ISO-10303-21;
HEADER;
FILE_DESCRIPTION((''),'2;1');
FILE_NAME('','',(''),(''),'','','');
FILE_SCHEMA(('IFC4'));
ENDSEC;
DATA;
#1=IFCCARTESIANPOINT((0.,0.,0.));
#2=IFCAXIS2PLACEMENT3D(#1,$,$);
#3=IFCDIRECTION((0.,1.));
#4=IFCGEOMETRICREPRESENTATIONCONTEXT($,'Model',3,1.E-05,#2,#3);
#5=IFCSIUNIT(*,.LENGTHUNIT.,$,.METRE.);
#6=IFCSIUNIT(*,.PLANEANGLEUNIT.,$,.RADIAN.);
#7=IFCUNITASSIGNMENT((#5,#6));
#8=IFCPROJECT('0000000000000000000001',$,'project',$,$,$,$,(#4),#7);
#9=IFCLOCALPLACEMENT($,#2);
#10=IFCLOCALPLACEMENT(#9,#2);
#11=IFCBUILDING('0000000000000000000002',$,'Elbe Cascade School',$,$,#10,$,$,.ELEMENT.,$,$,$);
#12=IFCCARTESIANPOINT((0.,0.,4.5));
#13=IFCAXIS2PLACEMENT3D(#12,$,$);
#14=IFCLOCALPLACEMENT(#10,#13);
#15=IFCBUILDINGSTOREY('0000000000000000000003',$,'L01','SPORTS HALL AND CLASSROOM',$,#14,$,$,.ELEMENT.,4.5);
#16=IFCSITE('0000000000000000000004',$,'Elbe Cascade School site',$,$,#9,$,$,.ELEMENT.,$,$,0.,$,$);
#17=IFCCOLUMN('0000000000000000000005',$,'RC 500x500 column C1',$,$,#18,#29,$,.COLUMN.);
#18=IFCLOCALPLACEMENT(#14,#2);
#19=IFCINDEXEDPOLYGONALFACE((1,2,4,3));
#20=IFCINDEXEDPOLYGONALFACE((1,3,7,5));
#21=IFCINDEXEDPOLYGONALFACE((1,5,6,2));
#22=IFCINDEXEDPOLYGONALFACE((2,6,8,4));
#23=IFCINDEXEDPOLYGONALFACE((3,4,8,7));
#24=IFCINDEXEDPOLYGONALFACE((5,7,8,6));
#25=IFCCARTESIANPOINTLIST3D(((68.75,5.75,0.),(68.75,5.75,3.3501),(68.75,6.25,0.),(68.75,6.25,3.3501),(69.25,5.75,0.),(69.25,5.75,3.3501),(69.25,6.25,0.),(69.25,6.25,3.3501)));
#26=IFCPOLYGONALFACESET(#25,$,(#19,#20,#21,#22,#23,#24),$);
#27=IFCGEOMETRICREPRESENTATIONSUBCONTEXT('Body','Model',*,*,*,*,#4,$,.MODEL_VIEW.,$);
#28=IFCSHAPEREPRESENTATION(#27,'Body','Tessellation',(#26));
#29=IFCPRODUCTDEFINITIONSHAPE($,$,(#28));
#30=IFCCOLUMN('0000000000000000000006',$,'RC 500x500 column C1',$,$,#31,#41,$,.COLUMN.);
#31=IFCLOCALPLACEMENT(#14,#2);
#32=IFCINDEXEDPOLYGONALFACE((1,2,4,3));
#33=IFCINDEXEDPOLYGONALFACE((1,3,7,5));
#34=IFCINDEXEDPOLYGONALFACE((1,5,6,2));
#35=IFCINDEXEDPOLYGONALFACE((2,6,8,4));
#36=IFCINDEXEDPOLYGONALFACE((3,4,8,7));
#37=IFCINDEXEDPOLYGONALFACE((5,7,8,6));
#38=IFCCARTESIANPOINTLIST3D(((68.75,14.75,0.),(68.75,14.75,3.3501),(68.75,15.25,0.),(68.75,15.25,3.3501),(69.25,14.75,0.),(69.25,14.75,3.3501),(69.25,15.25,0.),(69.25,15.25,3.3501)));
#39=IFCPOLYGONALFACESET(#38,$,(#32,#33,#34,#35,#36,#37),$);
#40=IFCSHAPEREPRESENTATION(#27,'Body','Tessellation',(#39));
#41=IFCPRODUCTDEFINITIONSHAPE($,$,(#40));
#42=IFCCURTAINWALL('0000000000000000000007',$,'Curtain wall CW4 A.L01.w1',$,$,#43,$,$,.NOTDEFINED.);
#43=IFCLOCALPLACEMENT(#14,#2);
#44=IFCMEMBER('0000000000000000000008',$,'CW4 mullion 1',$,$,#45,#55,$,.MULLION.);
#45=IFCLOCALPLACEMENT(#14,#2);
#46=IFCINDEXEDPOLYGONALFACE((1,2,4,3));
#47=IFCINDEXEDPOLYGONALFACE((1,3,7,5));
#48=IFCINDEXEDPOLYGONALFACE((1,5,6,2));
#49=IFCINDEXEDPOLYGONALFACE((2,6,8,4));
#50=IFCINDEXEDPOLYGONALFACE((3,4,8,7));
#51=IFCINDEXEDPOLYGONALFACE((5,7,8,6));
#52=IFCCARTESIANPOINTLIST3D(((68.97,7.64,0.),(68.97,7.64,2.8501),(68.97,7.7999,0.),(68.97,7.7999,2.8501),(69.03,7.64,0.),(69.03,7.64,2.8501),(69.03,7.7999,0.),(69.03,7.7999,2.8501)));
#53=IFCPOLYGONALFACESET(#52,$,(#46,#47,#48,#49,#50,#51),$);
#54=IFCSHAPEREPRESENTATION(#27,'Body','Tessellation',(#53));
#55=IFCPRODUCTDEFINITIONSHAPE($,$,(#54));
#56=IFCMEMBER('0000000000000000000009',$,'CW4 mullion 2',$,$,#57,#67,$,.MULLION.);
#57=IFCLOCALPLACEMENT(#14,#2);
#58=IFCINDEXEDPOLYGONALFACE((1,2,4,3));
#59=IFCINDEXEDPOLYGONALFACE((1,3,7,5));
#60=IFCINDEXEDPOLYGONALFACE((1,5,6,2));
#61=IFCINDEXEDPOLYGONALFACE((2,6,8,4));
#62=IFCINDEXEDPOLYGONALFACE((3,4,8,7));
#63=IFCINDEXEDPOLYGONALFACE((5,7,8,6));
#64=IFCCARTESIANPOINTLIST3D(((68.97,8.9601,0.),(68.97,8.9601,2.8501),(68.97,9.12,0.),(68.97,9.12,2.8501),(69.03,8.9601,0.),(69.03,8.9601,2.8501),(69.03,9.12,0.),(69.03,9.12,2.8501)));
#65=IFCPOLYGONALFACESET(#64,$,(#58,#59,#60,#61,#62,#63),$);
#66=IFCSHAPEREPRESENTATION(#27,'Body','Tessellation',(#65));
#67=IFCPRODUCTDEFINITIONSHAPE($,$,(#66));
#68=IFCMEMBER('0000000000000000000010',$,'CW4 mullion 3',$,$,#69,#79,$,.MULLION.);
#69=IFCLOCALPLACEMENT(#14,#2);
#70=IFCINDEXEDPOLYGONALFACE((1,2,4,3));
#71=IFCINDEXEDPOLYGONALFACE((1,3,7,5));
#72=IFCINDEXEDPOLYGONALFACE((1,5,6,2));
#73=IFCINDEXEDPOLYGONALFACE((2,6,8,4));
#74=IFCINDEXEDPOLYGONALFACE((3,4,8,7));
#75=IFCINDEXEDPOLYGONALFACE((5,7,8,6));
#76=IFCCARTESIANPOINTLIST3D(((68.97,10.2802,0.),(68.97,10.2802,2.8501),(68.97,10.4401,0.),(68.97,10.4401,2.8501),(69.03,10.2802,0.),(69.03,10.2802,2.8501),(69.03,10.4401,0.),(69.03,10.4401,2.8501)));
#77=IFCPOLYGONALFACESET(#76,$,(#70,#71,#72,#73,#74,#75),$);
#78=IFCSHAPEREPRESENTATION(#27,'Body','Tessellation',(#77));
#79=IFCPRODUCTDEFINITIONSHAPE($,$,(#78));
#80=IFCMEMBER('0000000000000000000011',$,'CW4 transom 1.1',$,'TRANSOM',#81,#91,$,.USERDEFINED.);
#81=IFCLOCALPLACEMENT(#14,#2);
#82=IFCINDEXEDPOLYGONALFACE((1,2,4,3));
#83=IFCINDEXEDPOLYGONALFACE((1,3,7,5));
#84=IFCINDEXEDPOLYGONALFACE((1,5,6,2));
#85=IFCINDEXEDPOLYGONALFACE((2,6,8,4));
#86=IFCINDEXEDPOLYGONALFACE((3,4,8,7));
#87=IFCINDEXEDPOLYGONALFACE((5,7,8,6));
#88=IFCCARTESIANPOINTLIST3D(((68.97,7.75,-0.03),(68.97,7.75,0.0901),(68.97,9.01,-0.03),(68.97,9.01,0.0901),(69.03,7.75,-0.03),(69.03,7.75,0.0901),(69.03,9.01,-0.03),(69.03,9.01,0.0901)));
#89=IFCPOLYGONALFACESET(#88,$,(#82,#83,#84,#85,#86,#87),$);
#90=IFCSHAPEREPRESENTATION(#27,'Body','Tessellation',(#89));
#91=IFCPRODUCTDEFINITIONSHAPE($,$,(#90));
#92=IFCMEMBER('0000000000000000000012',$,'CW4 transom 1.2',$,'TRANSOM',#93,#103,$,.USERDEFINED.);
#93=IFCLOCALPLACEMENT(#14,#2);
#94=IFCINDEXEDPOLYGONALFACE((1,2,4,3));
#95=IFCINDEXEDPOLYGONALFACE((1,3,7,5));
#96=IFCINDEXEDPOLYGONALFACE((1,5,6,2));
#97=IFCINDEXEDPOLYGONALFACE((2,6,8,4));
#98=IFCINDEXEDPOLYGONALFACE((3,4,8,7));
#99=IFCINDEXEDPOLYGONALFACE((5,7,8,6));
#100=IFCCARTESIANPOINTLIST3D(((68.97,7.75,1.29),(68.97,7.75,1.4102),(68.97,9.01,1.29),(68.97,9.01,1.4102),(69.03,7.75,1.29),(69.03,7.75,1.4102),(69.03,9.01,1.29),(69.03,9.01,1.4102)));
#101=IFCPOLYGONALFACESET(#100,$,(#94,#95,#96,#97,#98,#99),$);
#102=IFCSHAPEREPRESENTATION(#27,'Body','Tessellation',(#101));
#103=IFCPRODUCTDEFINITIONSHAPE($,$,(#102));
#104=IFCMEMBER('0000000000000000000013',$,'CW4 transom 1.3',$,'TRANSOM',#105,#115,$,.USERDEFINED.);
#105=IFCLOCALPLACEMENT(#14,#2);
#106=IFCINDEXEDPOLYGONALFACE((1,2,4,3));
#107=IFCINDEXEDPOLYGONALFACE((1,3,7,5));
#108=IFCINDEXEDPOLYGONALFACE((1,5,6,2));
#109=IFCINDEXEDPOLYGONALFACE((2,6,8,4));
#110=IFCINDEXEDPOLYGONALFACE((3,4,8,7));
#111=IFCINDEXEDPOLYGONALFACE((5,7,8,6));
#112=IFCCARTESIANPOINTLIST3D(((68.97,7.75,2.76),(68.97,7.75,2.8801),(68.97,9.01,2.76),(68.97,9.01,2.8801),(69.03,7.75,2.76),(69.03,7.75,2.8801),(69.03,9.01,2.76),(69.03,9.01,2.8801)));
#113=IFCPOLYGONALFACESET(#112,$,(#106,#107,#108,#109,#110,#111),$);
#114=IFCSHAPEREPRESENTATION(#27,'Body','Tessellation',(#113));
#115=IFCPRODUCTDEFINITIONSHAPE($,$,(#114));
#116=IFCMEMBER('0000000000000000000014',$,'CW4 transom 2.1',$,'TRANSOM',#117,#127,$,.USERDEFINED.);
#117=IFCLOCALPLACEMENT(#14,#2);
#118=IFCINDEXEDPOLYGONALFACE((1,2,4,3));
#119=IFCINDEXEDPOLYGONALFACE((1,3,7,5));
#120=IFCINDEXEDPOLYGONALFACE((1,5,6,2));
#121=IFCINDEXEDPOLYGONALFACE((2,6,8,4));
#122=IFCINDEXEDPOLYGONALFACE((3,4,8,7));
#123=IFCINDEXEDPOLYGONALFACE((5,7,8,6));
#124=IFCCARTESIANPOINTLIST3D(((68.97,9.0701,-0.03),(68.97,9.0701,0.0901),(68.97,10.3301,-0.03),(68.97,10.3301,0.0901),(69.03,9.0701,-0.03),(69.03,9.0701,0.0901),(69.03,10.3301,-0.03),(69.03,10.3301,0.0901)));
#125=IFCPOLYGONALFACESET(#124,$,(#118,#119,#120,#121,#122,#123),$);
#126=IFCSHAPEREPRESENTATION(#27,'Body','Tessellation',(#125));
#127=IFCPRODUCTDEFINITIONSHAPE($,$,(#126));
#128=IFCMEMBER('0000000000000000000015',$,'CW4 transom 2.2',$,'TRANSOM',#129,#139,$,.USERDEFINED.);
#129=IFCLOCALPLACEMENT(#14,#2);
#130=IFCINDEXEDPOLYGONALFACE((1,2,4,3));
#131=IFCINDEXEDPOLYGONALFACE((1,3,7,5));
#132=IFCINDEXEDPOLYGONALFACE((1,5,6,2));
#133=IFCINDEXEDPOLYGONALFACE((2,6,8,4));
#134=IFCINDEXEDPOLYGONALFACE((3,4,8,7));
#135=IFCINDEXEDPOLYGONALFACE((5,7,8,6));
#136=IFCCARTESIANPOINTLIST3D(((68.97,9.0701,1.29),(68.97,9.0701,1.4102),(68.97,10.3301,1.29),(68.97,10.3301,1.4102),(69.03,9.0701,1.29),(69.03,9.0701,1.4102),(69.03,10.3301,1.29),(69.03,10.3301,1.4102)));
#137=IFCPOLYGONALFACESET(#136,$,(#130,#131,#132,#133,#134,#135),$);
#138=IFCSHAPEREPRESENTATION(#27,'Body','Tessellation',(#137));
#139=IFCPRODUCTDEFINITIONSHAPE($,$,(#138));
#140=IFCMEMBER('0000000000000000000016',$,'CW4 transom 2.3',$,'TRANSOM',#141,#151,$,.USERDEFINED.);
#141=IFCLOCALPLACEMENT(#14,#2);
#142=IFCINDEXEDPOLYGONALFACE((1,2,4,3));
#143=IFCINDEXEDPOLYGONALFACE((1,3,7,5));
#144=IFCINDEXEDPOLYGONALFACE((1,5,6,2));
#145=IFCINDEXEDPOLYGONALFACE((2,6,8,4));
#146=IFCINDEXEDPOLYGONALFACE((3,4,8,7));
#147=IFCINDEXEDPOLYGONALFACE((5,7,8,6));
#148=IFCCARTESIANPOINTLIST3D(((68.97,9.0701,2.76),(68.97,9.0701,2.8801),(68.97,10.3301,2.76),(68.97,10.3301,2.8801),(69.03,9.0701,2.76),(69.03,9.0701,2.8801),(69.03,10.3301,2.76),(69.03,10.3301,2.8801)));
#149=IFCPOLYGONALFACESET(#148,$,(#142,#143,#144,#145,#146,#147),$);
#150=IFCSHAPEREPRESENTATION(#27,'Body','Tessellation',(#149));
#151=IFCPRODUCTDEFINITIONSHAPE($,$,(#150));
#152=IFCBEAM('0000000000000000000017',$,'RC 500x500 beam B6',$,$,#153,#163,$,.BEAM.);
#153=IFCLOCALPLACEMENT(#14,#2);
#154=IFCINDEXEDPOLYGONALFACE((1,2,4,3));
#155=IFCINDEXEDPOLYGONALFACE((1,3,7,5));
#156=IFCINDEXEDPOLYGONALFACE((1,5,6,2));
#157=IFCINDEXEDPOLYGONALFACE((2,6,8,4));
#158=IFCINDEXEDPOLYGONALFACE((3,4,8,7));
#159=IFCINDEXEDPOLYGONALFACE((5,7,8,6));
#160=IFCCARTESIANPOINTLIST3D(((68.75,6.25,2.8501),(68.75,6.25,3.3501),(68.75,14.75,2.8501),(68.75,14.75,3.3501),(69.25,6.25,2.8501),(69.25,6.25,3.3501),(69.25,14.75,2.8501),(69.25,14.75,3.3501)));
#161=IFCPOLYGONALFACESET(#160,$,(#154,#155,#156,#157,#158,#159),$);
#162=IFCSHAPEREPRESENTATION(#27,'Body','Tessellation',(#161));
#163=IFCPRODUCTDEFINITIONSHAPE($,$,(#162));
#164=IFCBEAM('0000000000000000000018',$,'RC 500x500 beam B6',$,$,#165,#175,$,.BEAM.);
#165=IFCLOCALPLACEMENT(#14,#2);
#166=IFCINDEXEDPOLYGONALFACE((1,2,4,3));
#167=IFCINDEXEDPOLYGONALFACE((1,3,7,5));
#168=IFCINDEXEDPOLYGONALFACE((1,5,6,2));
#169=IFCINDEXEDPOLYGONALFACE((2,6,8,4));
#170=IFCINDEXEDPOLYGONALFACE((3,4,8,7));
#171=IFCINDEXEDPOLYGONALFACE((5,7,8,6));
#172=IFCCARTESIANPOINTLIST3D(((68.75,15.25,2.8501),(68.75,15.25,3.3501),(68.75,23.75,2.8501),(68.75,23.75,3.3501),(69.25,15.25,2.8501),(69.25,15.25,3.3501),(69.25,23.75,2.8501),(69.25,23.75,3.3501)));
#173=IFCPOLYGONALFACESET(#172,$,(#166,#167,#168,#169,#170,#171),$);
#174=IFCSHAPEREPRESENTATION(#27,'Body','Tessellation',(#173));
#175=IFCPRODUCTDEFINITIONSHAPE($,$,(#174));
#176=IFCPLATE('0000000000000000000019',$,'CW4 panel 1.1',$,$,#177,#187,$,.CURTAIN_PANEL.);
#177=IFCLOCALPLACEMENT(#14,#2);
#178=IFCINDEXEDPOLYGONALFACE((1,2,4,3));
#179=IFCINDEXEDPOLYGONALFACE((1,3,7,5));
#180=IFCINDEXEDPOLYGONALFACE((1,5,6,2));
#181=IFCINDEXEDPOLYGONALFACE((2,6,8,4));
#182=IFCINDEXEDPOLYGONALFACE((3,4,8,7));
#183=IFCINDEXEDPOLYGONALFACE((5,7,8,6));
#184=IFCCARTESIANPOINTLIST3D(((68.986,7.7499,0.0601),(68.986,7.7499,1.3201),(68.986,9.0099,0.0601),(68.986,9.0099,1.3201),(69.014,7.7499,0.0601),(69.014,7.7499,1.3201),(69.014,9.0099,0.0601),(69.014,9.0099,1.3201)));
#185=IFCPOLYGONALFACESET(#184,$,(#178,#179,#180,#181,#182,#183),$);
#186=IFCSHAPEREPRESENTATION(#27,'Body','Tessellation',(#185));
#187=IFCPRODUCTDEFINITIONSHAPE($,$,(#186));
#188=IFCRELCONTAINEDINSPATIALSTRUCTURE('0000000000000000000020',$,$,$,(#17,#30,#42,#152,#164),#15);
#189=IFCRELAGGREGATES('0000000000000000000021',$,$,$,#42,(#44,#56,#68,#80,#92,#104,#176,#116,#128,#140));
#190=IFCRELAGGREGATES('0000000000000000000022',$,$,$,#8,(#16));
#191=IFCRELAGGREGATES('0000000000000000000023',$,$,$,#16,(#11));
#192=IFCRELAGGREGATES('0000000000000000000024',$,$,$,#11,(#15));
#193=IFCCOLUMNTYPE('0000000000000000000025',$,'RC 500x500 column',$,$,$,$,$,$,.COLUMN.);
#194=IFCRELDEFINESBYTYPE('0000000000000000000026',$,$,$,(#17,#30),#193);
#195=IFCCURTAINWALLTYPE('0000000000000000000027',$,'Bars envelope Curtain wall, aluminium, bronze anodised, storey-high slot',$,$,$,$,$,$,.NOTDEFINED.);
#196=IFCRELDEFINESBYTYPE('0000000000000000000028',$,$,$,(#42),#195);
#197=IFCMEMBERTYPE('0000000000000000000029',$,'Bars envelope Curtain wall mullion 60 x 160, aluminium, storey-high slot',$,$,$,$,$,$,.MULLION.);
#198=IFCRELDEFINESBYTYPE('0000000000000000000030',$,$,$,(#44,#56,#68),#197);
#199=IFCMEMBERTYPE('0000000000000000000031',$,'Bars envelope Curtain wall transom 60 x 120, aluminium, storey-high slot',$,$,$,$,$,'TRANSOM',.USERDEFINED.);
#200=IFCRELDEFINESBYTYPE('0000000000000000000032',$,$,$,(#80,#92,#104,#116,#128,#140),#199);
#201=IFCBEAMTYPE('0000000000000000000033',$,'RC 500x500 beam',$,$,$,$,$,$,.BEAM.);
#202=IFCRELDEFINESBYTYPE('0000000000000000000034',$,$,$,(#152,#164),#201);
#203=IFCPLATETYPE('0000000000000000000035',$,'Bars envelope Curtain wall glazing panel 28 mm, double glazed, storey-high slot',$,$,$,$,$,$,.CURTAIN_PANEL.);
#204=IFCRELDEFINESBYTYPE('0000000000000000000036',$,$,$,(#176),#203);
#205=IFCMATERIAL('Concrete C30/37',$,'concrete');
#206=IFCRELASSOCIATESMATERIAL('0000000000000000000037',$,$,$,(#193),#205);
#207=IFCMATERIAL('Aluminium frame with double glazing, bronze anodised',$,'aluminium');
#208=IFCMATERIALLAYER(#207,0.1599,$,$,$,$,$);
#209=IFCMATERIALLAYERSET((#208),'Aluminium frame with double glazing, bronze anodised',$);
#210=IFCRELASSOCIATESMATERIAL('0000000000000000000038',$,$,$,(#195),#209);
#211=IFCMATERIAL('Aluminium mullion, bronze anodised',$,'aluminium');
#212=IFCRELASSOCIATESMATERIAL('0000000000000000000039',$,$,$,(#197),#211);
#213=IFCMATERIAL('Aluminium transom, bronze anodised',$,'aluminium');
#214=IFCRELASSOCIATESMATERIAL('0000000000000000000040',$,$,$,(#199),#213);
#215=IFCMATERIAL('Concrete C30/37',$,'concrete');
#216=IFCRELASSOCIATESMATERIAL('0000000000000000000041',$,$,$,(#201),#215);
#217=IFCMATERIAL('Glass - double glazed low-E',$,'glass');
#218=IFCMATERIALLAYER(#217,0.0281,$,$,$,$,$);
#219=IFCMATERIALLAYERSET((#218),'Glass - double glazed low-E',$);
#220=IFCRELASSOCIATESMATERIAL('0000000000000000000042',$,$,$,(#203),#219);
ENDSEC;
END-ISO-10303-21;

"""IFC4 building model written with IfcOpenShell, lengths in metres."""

from ifc_helpers import new_model, si_unit, direction, frame, origin, origin_2d, place, context, subcontext, project, spatial, rectangle, extrude, material, layer, layer_set, material_profile, profile_set, type_object, element, aggregate, save


model = new_model("IFC4")

# Units and contexts
model_context = context("Model", 3, precision=1e-05, world=origin(), true_north=direction((0.0, 1.0)))
body_context = subcontext(model_context, "Body", "Model", "MODEL_VIEW")
ifc_project = project(units=[si_unit("LENGTHUNIT", "METRE"), si_unit("PLANEANGLEUNIT", "RADIAN")], contexts=[model_context])

# Site, building, storey
site_placement = place(None, origin())
site = spatial("IfcSite", under=ifc_project, at=site_placement, Name="Elbe Cascade School site", CompositionType="ELEMENT", RefElevation=0.0)
building_placement = place(site_placement, origin())
building = spatial("IfcBuilding", under=site, at=building_placement, Name="Elbe Cascade School", CompositionType="ELEMENT")
storey_placement = place(building_placement, frame((0.0, 0.0, 4.5)))
storey = spatial("IfcBuildingStorey", under=building, at=storey_placement, Name="L01", Description="SPORTS HALL AND CLASSROOM", CompositionType="ELEMENT", Elevation=4.5)

# Columns
ifc_material_1 = material(Name="Concrete C30/37", Category="concrete")
ifc_material_profile_1 = material_profile(ifc_material_1, rectangle(XDim=0.5, YDim=0.5, at=origin_2d()), Name="RC 500x500")
ifc_profile_set_1 = profile_set([ifc_material_profile_1], Name="Concrete C30/37")
column_type = type_object("IfcColumnType", Name="RC 500x500 column", PredefinedType="COLUMN", material=ifc_profile_set_1)
for number, where, z_axis, x_axis, name in (
    (1, (69.0, 6.0, 0.0), (0.0, 0.0, 1.0), (1.0, 0.0, 0.0), "RC 500x500 column C1"),
    (2, (69.0, 15.0, 0.0), (0.0, 0.0, 1.0), (1.0, 0.0, 0.0), "RC 500x500 column C1"),
):
    element("IfcColumn", number, at=place(storey_placement, frame(where, z_axis=z_axis, x_axis=x_axis)), inside=storey, type_object=column_type, Name=name, PredefinedType="COLUMN", context=body_context, shape_type="SweptSolid", body=[
        extrude(rectangle(XDim=0.5, YDim=0.5, at=origin_2d()), origin(), (0.0, 0.0, 1.0), 3.3501),
    ])

# Curtain wall, members
ifc_material_2 = material(Name="Aluminium frame with double glazing, bronze anodised", Category="aluminium")
ifc_layer_1 = layer(ifc_material_2, 0.1599)
ifc_layer_set_1 = layer_set([ifc_layer_1], Name="Aluminium frame with double glazing, bronze anodised")
curtain_wall_type = type_object("IfcCurtainWallType", Name="Bars envelope Curtain wall, aluminium, bronze anodised, storey-high slot", PredefinedType="NOTDEFINED", material=ifc_layer_set_1)
curtain_wall_placement = place(storey_placement, origin())
curtain_wall = element("IfcCurtainWall", 3, at=curtain_wall_placement, inside=storey, type_object=curtain_wall_type, Name="Curtain wall CW4 A.L01.w1", PredefinedType="NOTDEFINED")
ifc_material_3 = material(Name="Aluminium mullion, bronze anodised", Category="aluminium")
ifc_material_profile_2 = material_profile(ifc_material_3, rectangle(XDim=0.0601, YDim=0.1599, at=origin_2d()), Name="Bars envelope Curtain wall mullion 60 x 160, aluminium, storey-high slot")
ifc_profile_set_2 = profile_set([ifc_material_profile_2], Name="Aluminium mullion, bronze anodised")
member_type_1 = type_object("IfcMemberType", Name="Bars envelope Curtain wall mullion 60 x 160, aluminium, storey-high slot", PredefinedType="MULLION", material=ifc_profile_set_2)
member_1_placement = place(storey_placement, frame((69.0, 7.72, 0.0), z_axis=(0.0, 0.0, 1.0), x_axis=(-1.0, 0.0, 0.0)))
member_1 = element("IfcMember", 4, at=member_1_placement, type_object=member_type_1, Name="CW4 mullion 1", PredefinedType="MULLION", context=body_context, shape_type="SweptSolid", body=[
    extrude(rectangle(XDim=0.0601, YDim=0.1599, at=origin_2d()), origin(), (0.0, 0.0, 1.0), 2.8501),
])
member_2_placement = place(storey_placement, frame((69.0, 9.04, 0.0), z_axis=(0.0, 0.0, 1.0), x_axis=(-1.0, 0.0, 0.0)))
member_2 = element("IfcMember", 5, at=member_2_placement, type_object=member_type_1, Name="CW4 mullion 2", PredefinedType="MULLION", context=body_context, shape_type="SweptSolid", body=[
    extrude(rectangle(XDim=0.0601, YDim=0.1599, at=origin_2d()), origin(), (0.0, 0.0, 1.0), 2.8501),
])
member_3_placement = place(storey_placement, frame((69.0, 10.3601, 0.0), z_axis=(0.0, 0.0, 1.0), x_axis=(-1.0, 0.0, 0.0)))
member_3 = element("IfcMember", 6, at=member_3_placement, type_object=member_type_1, Name="CW4 mullion 3", PredefinedType="MULLION", context=body_context, shape_type="SweptSolid", body=[
    extrude(rectangle(XDim=0.0601, YDim=0.1599, at=origin_2d()), origin(), (0.0, 0.0, 1.0), 2.8501),
])
ifc_material_4 = material(Name="Aluminium transom, bronze anodised", Category="aluminium")
ifc_material_profile_3 = material_profile(ifc_material_4, rectangle(XDim=0.0601, YDim=0.1201, at=origin_2d()), Name="Bars envelope Curtain wall transom 60 x 120, aluminium, storey-high slot")
ifc_profile_set_3 = profile_set([ifc_material_profile_3], Name="Aluminium transom, bronze anodised")
member_type_2 = type_object("IfcMemberType", Name="Bars envelope Curtain wall transom 60 x 120, aluminium, storey-high slot", ElementType="TRANSOM", PredefinedType="USERDEFINED", material=ifc_profile_set_3)
member_4_placement = place(storey_placement, frame((69.0, 7.75, 0.03), z_axis=(0.0, 1.0, 0.0), x_axis=(-1.0, 0.0, 0.0)))
member_4 = element("IfcMember", 7, at=member_4_placement, type_object=member_type_2, Name="CW4 transom 1.1", ObjectType="TRANSOM", PredefinedType="USERDEFINED", context=body_context, shape_type="SweptSolid", body=[
    extrude(rectangle(XDim=0.0601, YDim=0.1201, at=origin_2d()), origin(), (0.0, 0.0, 1.0), 1.26),
])
member_5_placement = place(storey_placement, frame((69.0, 7.75, 1.3501), z_axis=(0.0, 1.0, 0.0), x_axis=(-1.0, 0.0, 0.0)))
member_5 = element("IfcMember", 8, at=member_5_placement, type_object=member_type_2, Name="CW4 transom 1.2", ObjectType="TRANSOM", PredefinedType="USERDEFINED", context=body_context, shape_type="SweptSolid", body=[
    extrude(rectangle(XDim=0.0601, YDim=0.1201, at=origin_2d()), origin(), (0.0, 0.0, 1.0), 1.26),
])
member_6_placement = place(storey_placement, frame((69.0, 7.75, 2.8201), z_axis=(0.0, 1.0, 0.0), x_axis=(-1.0, 0.0, 0.0)))
member_6 = element("IfcMember", 9, at=member_6_placement, type_object=member_type_2, Name="CW4 transom 1.3", ObjectType="TRANSOM", PredefinedType="USERDEFINED", context=body_context, shape_type="SweptSolid", body=[
    extrude(rectangle(XDim=0.0601, YDim=0.1201, at=origin_2d()), origin(), (0.0, 0.0, 1.0), 1.26),
])
member_7_placement = place(storey_placement, frame((69.0, 9.0701, 0.03), z_axis=(0.0, 1.0, 0.0), x_axis=(-1.0, 0.0, 0.0)))
member_7 = element("IfcMember", 10, at=member_7_placement, type_object=member_type_2, Name="CW4 transom 2.1", ObjectType="TRANSOM", PredefinedType="USERDEFINED", context=body_context, shape_type="SweptSolid", body=[
    extrude(rectangle(XDim=0.0601, YDim=0.1201, at=origin_2d()), origin(), (0.0, 0.0, 1.0), 1.26),
])
member_8_placement = place(storey_placement, frame((69.0, 9.0701, 1.3501), z_axis=(0.0, 1.0, 0.0), x_axis=(-1.0, 0.0, 0.0)))
member_8 = element("IfcMember", 11, at=member_8_placement, type_object=member_type_2, Name="CW4 transom 2.2", ObjectType="TRANSOM", PredefinedType="USERDEFINED", context=body_context, shape_type="SweptSolid", body=[
    extrude(rectangle(XDim=0.0601, YDim=0.1201, at=origin_2d()), origin(), (0.0, 0.0, 1.0), 1.26),
])
member_9_placement = place(storey_placement, frame((69.0, 9.0701, 2.8201), z_axis=(0.0, 1.0, 0.0), x_axis=(-1.0, 0.0, 0.0)))
member_9 = element("IfcMember", 12, at=member_9_placement, type_object=member_type_2, Name="CW4 transom 2.3", ObjectType="TRANSOM", PredefinedType="USERDEFINED", context=body_context, shape_type="SweptSolid", body=[
    extrude(rectangle(XDim=0.0601, YDim=0.1201, at=origin_2d()), origin(), (0.0, 0.0, 1.0), 1.26),
])

# Beams
ifc_material_5 = material(Name="Concrete C30/37", Category="concrete")
ifc_material_profile_4 = material_profile(ifc_material_5, rectangle(XDim=0.5, YDim=0.5, at=origin_2d()), Name="RC 500x500")
ifc_profile_set_4 = profile_set([ifc_material_profile_4], Name="Concrete C30/37")
beam_type = type_object("IfcBeamType", Name="RC 500x500 beam", PredefinedType="BEAM", material=ifc_profile_set_4)
for number, where, z_axis, x_axis, name in (
    (13, (69.0, 6.25, 3.1001), (0.0, 1.0, 0.0), (-1.0, 0.0, 0.0), "RC 500x500 beam B6"),
    (14, (69.0, 15.25, 3.1001), (0.0, 1.0, 0.0), (-1.0, 0.0, 0.0), "RC 500x500 beam B6"),
):
    element("IfcBeam", number, at=place(storey_placement, frame(where, z_axis=z_axis, x_axis=x_axis)), inside=storey, type_object=beam_type, Name=name, PredefinedType="BEAM", context=body_context, shape_type="SweptSolid", body=[
        extrude(rectangle(XDim=0.5, YDim=0.5, at=origin_2d()), origin(), (0.0, 0.0, 1.0), 8.5),
    ])

# Plate
ifc_material_6 = material(Name="Glass - double glazed low-E", Category="glass")
ifc_layer_2 = layer(ifc_material_6, 0.0281)
ifc_layer_set_2 = layer_set([ifc_layer_2], Name="Glass - double glazed low-E")
plate_type = type_object("IfcPlateType", Name="Bars envelope Curtain wall glazing panel 28 mm, double glazed, storey-high slot", PredefinedType="CURTAIN_PANEL", material=ifc_layer_set_2)
plate_1_placement = place(storey_placement, frame((69.0, 8.3799, 0.0601), z_axis=(0.0, 0.0, 1.0), x_axis=(0.0, 1.0, 0.0)))
plate_1 = element("IfcPlate", 15, at=plate_1_placement, type_object=plate_type, Name="CW4 panel 1.1", PredefinedType="CURTAIN_PANEL", context=body_context, shape_type="SweptSolid", body=[
    extrude(rectangle(XDim=1.26, YDim=0.0281, at=origin_2d()), origin(), (0.0, 0.0, 1.0), 1.26),
])
aggregate(curtain_wall, [member_1, member_2, member_3, member_4, member_5, member_6, plate_1, member_7, member_8, member_9])

save(model, "model.ifc")
